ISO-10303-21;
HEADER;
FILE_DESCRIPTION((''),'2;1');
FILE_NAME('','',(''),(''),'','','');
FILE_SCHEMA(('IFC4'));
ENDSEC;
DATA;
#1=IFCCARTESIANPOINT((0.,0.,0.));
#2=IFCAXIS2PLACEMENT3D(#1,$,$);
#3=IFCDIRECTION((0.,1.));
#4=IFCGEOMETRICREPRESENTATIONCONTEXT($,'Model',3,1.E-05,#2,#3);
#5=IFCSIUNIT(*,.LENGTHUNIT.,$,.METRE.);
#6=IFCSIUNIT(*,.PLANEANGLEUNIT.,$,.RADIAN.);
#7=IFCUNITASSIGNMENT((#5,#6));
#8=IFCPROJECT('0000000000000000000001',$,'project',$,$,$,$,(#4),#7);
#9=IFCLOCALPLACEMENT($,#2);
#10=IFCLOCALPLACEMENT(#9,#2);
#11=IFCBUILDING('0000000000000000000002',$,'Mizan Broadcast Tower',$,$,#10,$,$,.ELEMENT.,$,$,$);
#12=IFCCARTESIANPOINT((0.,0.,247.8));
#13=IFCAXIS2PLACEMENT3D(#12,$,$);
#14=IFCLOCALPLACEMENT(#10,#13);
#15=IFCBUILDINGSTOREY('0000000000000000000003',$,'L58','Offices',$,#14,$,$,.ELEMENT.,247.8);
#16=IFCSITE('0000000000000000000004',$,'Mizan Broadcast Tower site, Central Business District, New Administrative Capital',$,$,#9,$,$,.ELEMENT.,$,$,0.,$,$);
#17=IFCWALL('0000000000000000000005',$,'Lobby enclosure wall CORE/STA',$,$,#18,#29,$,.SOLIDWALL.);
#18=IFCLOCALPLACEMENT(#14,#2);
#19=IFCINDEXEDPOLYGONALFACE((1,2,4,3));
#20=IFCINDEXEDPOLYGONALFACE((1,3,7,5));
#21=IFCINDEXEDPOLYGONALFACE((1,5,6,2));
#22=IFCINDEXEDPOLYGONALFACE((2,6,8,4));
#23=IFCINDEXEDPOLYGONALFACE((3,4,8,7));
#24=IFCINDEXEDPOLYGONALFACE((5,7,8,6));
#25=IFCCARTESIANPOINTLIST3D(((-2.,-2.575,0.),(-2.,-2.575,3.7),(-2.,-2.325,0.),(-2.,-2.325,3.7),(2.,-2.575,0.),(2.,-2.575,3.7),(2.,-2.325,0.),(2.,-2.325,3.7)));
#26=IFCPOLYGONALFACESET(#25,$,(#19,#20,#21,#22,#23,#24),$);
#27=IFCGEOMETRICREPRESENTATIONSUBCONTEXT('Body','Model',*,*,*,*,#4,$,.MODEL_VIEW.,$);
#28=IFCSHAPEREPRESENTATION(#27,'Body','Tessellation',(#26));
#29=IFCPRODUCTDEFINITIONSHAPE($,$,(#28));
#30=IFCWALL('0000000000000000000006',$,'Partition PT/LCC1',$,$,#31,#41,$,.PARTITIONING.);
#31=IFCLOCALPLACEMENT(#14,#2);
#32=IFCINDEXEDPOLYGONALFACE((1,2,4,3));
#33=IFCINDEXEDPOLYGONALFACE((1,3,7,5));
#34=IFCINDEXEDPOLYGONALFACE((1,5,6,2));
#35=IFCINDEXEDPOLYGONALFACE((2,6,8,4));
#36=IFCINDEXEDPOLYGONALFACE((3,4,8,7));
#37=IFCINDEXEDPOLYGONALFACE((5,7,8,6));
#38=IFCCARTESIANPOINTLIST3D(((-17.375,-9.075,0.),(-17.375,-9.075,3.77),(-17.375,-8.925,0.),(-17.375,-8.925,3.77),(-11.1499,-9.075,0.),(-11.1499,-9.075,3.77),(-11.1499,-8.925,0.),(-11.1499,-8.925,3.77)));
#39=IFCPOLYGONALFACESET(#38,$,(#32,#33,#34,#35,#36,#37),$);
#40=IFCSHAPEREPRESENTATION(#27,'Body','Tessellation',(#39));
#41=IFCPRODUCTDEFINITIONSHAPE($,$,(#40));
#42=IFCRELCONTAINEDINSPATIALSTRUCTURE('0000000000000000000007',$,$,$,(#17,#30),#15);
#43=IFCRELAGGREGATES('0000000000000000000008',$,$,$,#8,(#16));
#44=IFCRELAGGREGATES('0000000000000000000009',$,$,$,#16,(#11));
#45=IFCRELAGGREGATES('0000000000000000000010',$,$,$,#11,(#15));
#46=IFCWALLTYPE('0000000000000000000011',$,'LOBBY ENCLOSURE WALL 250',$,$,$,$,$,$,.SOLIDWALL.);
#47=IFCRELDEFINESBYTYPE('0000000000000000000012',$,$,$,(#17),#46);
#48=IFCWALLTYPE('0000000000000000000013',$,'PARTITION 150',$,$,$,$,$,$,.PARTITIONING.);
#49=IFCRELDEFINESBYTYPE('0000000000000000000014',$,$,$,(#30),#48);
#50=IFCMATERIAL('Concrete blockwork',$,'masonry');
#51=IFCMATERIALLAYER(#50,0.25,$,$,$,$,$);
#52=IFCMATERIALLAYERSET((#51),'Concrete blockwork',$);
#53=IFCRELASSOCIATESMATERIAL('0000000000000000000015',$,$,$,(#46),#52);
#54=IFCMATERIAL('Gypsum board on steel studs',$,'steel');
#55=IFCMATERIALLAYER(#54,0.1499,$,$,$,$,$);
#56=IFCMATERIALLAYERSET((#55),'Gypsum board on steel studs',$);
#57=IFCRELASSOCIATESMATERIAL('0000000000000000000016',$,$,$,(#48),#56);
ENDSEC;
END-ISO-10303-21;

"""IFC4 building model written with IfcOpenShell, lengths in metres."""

from ifc_helpers import new_model, si_unit, direction, frame, frame_2d, origin, place, context, subcontext, project, spatial, rectangle, extrude, material, layer, layer_set, type_object, element, save


model = new_model("IFC4")

# Units and contexts
model_context = context("Model", 3, precision=1e-05, world=origin(), true_north=direction((0.0, 1.0)))
body_context = subcontext(model_context, "Body", "Model", "MODEL_VIEW")
ifc_project = project(units=[si_unit("LENGTHUNIT", "METRE"), si_unit("PLANEANGLEUNIT", "RADIAN")], contexts=[model_context])

# Site, building, storey
site_placement = place(None, origin())
site = spatial("IfcSite", under=ifc_project, at=site_placement, Name="Mizan Broadcast Tower site, Central Business District, New Administrative Capital", CompositionType="ELEMENT", RefElevation=0.0)
building_placement = place(site_placement, origin())
building = spatial("IfcBuilding", under=site, at=building_placement, Name="Mizan Broadcast Tower", CompositionType="ELEMENT")
storey_placement = place(building_placement, frame((0.0, 0.0, 247.8)))
storey = spatial("IfcBuildingStorey", under=building, at=storey_placement, Name="L58", Description="Offices", CompositionType="ELEMENT", Elevation=247.8)

# Shared definitions
ifc_material_1 = material(Name="Concrete blockwork", Category="masonry")
ifc_layer_1 = layer(ifc_material_1, 0.25)
ifc_layer_set_1 = layer_set([ifc_layer_1], Name="Concrete blockwork")
wall_type_1 = type_object("IfcWallType", Name="LOBBY ENCLOSURE WALL 250", PredefinedType="SOLIDWALL", material=ifc_layer_set_1)

# Walls
wall_1_placement = place(storey_placement, frame((-2.0, -2.45, 0.0), z_axis=(0.0, 0.0, 1.0), x_axis=(1.0, 0.0, 0.0)))
element("IfcWall", 1, at=wall_1_placement, inside=storey, type_object=wall_type_1, Name="Lobby enclosure wall CORE/STA", PredefinedType="SOLIDWALL", context=body_context, shape_type="SweptSolid", body=[
    extrude(rectangle(XDim=4.0, YDim=0.25, at=frame_2d((2.0, 0.0))), origin(), (0.0, 0.0, 1.0), 3.7),
])
ifc_material_2 = material(Name="Gypsum board on steel studs", Category="steel")
ifc_layer_2 = layer(ifc_material_2, 0.1499)
ifc_layer_set_2 = layer_set([ifc_layer_2], Name="Gypsum board on steel studs")
wall_type_2 = type_object("IfcWallType", Name="PARTITION 150", PredefinedType="PARTITIONING", material=ifc_layer_set_2)
wall_2_placement = place(storey_placement, frame((-11.1499, -9.0, 0.0), z_axis=(0.0, 0.0, 1.0), x_axis=(-1.0, 0.0, 0.0)))
element("IfcWall", 2, at=wall_2_placement, inside=storey, type_object=wall_type_2, Name="Partition PT/LCC1", PredefinedType="PARTITIONING", context=body_context, shape_type="SweptSolid", body=[
    extrude(rectangle(XDim=6.2251, YDim=0.1499, at=frame_2d((3.1125, 0.0))), origin(), (0.0, 0.0, 1.0), 3.77),
])

save(model, "model.ifc")
